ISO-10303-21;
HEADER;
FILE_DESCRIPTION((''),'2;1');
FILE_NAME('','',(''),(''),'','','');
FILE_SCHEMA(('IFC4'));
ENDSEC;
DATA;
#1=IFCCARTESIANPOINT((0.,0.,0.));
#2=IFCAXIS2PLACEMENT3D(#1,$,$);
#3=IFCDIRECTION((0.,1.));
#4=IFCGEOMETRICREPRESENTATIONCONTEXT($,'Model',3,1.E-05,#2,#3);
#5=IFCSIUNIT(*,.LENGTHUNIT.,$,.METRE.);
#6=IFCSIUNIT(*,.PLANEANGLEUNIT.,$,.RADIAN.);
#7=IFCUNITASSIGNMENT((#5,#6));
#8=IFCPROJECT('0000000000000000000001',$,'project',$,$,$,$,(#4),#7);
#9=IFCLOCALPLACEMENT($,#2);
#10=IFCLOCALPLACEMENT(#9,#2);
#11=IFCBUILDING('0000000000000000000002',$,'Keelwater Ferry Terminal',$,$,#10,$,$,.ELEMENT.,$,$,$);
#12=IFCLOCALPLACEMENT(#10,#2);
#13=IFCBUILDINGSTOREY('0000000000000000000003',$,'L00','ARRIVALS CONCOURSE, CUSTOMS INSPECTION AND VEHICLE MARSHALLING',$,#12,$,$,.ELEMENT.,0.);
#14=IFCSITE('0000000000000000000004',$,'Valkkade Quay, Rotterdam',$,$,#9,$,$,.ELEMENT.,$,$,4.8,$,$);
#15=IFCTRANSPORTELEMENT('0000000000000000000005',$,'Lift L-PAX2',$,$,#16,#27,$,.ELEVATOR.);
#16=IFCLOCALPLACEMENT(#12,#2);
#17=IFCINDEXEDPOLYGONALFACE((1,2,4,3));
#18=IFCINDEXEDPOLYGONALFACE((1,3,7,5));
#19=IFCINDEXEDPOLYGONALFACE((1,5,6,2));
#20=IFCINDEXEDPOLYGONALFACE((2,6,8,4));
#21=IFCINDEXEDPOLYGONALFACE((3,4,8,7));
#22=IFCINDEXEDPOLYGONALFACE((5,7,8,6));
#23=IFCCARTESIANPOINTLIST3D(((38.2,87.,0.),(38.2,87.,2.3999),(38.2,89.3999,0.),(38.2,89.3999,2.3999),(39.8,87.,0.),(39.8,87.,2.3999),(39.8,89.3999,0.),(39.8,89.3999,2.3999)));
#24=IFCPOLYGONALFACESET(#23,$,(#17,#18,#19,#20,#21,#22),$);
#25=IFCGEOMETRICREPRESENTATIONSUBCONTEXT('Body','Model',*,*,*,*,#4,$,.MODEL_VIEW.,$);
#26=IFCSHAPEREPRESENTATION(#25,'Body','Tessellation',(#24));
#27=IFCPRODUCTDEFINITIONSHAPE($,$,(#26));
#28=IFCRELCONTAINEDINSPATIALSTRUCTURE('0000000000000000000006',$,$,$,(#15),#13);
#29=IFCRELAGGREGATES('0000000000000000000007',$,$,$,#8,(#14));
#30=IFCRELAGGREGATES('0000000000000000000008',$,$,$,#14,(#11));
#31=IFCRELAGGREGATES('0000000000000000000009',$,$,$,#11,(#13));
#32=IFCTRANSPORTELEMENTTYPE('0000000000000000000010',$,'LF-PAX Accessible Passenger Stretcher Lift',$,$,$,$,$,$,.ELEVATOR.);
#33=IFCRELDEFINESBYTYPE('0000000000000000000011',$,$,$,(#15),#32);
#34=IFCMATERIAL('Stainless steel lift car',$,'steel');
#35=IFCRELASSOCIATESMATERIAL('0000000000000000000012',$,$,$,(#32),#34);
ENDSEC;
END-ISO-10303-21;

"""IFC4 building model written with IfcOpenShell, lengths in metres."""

from ifc_helpers import new_model, si_unit, direction, frame, origin, origin_2d, place, context, subcontext, project, spatial, rectangle, extrude, material, type_object, element, save


model = new_model("IFC4")

# Units and contexts
model_context = context("Model", 3, precision=1e-05, world=origin(), true_north=direction((0.0, 1.0)))
body_context = subcontext(model_context, "Body", "Model", "MODEL_VIEW")
ifc_project = project(units=[si_unit("LENGTHUNIT", "METRE"), si_unit("PLANEANGLEUNIT", "RADIAN")], contexts=[model_context])

# Site, building, storey
site_placement = place(None, origin())
site = spatial("IfcSite", under=ifc_project, at=site_placement, Name="Valkkade Quay, Rotterdam", CompositionType="ELEMENT", RefElevation=4.8)
building_placement = place(site_placement, origin())
building = spatial("IfcBuilding", under=site, at=building_placement, Name="Keelwater Ferry Terminal", CompositionType="ELEMENT")
storey_placement = place(building_placement, origin())
storey = spatial("IfcBuildingStorey", under=building, at=storey_placement, Name="L00", Description="ARRIVALS CONCOURSE, CUSTOMS INSPECTION AND VEHICLE MARSHALLING", CompositionType="ELEMENT", Elevation=0.0)

# Transport element
ifc_material_1 = material(Name="Stainless steel lift car", Category="steel")
transport_element_type = type_object("IfcTransportElementType", Name="LF-PAX Accessible Passenger Stretcher Lift", PredefinedType="ELEVATOR", material=ifc_material_1)
for number, where, z_axis, x_axis, name in (
    (1, (39.0, 88.2, 0.0), (0.0, 0.0, 1.0), (1.0, 0.0, 0.0), "Lift L-PAX2"),
):
    element("IfcTransportElement", number, at=place(storey_placement, frame(where, z_axis=z_axis, x_axis=x_axis)), inside=storey, type_object=transport_element_type, Name=name, PredefinedType="ELEVATOR", context=body_context, shape_type="SweptSolid", body=[
        extrude(rectangle(XDim=1.6001, YDim=2.3999, at=origin_2d()), origin(), (0.0, 0.0, 1.0), 2.3999),
    ])

save(model, "model.ifc")
